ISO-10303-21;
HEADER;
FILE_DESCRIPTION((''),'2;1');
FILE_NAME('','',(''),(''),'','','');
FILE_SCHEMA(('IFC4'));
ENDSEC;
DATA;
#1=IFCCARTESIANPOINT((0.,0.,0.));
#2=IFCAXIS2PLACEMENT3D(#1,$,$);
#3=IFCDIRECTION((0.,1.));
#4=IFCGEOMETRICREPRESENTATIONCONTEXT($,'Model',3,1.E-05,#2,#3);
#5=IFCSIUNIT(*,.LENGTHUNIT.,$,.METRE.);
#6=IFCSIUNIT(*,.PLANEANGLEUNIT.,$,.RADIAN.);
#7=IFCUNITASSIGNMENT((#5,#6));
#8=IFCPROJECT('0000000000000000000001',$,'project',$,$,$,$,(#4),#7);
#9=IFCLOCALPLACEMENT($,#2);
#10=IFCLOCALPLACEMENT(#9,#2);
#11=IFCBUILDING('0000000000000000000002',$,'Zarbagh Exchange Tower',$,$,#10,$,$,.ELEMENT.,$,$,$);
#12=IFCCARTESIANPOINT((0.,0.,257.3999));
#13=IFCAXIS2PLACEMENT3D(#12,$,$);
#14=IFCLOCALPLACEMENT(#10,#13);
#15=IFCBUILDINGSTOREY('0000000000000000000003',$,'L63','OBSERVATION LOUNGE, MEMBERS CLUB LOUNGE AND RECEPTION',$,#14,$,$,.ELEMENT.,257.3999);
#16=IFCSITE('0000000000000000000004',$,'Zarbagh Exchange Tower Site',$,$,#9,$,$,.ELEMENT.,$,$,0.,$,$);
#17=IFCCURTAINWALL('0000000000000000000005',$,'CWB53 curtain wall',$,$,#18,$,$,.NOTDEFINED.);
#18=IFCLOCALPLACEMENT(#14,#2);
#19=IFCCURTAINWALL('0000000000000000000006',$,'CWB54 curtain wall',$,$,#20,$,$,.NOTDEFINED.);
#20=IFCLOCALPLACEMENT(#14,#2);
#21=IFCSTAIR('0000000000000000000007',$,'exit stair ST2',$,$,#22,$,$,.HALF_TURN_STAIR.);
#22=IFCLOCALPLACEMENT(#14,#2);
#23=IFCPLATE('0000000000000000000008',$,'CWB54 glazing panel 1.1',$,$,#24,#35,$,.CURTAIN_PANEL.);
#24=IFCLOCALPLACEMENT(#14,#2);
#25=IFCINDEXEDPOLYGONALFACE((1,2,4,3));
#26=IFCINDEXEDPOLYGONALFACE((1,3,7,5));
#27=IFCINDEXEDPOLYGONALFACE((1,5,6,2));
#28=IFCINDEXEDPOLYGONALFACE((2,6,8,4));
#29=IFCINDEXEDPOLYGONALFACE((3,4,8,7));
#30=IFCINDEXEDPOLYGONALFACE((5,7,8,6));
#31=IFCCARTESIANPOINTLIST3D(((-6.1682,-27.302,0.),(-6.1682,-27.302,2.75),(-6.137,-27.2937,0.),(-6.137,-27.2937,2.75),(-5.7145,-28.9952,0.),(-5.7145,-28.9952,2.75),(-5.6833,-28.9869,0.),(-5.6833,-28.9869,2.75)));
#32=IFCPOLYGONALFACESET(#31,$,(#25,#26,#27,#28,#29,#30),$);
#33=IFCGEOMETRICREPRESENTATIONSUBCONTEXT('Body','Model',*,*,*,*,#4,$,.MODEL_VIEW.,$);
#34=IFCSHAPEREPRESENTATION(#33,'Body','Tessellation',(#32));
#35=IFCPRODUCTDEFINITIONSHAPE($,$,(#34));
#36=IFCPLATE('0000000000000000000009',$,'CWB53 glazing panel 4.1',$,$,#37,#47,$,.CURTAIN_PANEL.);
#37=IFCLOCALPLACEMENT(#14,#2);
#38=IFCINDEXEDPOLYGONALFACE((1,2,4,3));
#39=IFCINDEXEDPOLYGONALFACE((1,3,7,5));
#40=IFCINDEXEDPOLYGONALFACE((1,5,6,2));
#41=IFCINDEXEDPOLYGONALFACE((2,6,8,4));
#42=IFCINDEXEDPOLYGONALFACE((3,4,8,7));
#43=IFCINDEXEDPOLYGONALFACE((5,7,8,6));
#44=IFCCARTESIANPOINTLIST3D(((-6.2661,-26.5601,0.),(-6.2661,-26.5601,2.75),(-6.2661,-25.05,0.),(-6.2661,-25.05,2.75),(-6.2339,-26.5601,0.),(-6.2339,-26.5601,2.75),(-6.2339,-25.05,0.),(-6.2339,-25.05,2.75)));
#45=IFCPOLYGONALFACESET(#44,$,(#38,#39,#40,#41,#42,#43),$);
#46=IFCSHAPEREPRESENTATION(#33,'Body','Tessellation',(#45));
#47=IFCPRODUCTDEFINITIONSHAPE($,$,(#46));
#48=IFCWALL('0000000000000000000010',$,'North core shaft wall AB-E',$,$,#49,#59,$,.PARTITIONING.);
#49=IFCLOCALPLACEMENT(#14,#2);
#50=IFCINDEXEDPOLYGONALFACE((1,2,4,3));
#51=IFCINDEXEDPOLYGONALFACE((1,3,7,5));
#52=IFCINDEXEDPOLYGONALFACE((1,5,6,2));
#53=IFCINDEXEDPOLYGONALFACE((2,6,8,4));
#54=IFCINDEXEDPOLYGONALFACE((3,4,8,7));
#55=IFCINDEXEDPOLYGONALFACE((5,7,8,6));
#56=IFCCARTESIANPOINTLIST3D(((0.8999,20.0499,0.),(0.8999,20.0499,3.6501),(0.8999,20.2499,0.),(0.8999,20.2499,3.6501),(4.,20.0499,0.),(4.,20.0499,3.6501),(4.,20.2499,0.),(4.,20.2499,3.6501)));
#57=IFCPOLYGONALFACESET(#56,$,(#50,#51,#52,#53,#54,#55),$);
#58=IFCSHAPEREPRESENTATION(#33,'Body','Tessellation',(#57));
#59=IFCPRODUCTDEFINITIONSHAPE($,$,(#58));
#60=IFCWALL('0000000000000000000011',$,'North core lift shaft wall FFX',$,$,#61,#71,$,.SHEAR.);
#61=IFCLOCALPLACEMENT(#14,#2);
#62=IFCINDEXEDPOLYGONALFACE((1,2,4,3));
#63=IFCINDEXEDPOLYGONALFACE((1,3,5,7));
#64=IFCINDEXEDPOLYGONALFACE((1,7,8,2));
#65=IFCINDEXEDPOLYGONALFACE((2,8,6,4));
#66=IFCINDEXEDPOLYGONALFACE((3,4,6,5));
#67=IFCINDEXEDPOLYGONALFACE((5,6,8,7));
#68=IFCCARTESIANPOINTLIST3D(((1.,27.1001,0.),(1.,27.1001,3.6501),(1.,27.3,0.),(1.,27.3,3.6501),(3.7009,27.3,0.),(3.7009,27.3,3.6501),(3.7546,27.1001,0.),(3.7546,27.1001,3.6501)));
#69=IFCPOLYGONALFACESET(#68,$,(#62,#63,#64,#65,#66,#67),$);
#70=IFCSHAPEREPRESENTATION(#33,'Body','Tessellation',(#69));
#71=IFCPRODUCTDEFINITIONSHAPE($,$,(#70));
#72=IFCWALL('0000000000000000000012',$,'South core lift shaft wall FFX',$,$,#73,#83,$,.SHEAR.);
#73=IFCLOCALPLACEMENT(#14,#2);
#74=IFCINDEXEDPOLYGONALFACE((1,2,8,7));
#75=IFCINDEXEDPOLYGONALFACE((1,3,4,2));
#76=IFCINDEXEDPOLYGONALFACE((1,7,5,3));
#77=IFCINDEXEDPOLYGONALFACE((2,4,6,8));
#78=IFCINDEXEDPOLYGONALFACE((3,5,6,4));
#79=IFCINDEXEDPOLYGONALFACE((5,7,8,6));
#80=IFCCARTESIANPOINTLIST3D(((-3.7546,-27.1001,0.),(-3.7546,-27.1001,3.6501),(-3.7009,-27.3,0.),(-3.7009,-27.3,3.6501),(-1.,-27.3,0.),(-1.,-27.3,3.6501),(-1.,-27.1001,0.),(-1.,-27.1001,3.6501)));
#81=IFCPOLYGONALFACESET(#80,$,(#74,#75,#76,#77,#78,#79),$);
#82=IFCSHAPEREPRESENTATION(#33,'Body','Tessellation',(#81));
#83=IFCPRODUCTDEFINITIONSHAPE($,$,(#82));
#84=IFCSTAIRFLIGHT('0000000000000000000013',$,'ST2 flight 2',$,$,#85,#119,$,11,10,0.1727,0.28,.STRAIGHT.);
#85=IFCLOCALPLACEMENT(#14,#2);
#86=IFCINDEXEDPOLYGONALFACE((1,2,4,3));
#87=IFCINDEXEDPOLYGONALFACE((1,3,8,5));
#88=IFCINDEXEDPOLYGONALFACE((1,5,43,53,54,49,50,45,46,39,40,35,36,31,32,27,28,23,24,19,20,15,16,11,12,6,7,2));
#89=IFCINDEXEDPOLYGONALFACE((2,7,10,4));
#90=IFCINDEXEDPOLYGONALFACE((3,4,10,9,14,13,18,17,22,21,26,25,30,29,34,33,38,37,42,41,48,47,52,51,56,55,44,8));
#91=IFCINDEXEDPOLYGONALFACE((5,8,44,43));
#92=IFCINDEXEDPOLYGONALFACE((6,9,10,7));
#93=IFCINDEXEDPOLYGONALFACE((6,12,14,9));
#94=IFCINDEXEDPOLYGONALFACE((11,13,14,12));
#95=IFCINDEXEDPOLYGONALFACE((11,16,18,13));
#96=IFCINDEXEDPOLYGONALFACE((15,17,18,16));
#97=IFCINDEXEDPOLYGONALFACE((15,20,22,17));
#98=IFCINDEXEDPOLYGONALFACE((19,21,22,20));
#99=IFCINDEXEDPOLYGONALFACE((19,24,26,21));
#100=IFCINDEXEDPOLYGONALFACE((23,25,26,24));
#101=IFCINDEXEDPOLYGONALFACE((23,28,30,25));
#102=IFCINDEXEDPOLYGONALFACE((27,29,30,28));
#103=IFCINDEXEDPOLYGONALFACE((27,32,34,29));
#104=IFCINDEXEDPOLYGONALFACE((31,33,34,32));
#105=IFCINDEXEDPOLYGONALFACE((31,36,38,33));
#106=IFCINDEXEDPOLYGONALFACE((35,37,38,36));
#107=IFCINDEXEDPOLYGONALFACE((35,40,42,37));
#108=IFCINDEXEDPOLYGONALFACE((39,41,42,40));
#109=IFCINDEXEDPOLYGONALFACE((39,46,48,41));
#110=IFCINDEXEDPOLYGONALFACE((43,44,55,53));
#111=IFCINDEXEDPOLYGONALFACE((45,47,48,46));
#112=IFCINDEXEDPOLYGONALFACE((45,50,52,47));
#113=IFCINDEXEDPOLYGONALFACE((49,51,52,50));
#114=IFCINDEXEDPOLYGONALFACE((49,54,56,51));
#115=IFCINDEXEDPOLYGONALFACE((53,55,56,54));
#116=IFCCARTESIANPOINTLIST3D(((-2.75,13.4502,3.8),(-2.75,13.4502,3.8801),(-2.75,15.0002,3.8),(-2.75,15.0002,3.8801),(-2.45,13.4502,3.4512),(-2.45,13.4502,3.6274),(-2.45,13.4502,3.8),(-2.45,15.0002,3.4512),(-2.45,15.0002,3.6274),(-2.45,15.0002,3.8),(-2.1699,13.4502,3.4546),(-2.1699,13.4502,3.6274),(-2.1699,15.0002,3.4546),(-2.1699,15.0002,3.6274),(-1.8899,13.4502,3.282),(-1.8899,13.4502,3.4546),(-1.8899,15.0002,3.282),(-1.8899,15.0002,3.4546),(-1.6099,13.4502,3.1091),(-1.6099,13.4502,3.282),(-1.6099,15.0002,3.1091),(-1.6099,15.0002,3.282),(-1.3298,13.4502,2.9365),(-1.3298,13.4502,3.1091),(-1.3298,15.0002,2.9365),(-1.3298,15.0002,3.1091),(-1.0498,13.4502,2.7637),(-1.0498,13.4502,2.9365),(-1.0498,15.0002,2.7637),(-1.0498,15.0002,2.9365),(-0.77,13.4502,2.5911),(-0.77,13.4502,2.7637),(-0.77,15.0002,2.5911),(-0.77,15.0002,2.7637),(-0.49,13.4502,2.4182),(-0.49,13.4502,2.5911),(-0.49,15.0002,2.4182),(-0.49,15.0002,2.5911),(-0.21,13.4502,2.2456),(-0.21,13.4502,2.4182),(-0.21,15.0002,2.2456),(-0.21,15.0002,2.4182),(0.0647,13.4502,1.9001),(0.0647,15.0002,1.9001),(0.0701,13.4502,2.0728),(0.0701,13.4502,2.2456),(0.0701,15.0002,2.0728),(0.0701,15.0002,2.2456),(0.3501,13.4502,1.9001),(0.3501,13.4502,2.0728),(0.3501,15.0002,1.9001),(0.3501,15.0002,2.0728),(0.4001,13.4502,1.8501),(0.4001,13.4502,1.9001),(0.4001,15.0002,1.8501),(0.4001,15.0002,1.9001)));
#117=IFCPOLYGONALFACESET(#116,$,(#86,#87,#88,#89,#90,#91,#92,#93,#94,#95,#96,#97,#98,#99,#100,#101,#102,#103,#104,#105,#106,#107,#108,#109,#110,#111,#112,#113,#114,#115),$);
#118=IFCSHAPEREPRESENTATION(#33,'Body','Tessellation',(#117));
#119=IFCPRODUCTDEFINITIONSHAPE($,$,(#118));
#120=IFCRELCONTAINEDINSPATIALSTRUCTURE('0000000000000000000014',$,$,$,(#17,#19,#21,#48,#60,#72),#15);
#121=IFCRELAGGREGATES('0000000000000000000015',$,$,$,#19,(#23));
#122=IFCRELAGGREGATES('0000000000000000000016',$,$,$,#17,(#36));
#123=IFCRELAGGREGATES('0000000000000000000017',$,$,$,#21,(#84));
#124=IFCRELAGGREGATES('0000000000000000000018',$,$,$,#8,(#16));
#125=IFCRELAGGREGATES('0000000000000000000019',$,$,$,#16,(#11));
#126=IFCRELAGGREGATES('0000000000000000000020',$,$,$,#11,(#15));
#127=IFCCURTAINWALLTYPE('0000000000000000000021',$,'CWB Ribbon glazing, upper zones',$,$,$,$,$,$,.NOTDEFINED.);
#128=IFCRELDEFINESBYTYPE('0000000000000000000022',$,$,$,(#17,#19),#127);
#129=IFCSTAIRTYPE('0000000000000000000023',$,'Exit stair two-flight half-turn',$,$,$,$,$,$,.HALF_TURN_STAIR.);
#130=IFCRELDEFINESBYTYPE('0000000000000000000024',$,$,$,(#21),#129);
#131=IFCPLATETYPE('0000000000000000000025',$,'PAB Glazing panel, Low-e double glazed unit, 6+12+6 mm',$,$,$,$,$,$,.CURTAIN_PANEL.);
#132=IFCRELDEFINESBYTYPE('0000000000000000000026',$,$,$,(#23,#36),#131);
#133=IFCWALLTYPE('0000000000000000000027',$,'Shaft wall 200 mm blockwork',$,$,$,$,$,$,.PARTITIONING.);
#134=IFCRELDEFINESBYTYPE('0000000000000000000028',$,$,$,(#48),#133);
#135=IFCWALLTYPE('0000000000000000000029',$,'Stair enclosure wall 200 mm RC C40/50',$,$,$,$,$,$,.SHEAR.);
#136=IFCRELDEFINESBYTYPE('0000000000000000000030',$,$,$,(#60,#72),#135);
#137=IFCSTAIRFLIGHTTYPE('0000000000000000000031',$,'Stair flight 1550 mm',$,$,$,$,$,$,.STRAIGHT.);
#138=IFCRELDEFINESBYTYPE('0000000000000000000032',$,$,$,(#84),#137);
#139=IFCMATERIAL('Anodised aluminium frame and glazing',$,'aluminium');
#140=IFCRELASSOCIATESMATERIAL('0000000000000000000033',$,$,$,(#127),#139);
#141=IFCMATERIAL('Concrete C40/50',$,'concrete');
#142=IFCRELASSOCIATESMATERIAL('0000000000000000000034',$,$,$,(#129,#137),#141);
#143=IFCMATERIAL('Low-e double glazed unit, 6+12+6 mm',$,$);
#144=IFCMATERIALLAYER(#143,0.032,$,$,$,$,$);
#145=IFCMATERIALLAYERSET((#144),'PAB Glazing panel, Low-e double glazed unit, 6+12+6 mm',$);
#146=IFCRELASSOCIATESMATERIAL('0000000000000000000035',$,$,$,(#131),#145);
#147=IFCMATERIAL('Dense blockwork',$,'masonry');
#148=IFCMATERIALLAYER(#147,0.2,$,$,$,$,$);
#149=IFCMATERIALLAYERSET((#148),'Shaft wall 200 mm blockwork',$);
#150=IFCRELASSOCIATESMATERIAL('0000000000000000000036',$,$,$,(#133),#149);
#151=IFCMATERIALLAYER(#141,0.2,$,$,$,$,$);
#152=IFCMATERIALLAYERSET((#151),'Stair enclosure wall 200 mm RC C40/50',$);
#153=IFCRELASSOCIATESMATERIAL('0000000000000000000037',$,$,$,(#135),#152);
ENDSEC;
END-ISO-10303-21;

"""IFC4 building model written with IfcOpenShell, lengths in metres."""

from ifc_helpers import new_model, si_unit, direction, frame, frame_2d, origin, place, context, subcontext, project, spatial, polyline, rectangle, outline, extrude, source, transform, mapped, material, layer, layer_set, type_object, element, aggregate, save


model = new_model("IFC4")

# Units and contexts
model_context = context("Model", 3, precision=1e-05, world=origin(), true_north=direction((0.0, 1.0)))
body_context = subcontext(model_context, "Body", "Model", "MODEL_VIEW")
ifc_project = project(units=[si_unit("LENGTHUNIT", "METRE"), si_unit("PLANEANGLEUNIT", "RADIAN")], contexts=[model_context])

# Site, building, storey
site_placement = place(None, origin())
site = spatial("IfcSite", under=ifc_project, at=site_placement, Name="Zarbagh Exchange Tower Site", CompositionType="ELEMENT", RefElevation=0.0)
building_placement = place(site_placement, origin())
building = spatial("IfcBuilding", under=site, at=building_placement, Name="Zarbagh Exchange Tower", CompositionType="ELEMENT")
storey_placement = place(building_placement, frame((0.0, 0.0, 257.3999)))
storey = spatial("IfcBuildingStorey", under=building, at=storey_placement, Name="L63", Description="OBSERVATION LOUNGE, MEMBERS CLUB LOUNGE AND RECEPTION", CompositionType="ELEMENT", Elevation=257.3999)

# Curtain wall
ifc_material_1 = material(Name="Anodised aluminium frame and glazing", Category="aluminium")
curtain_wall_type = type_object("IfcCurtainWallType", Name="CWB Ribbon glazing, upper zones", PredefinedType="NOTDEFINED", material=ifc_material_1)
curtain_wall_1_placement = place(storey_placement, origin())
curtain_wall_1 = element("IfcCurtainWall", 1, at=curtain_wall_1_placement, inside=storey, type_object=curtain_wall_type, Name="CWB53 curtain wall", PredefinedType="NOTDEFINED")
placement = place(storey_placement, origin())

# Curtain wall
curtain_wall_2_placement = place(storey_placement, origin())
curtain_wall_2 = element("IfcCurtainWall", 2, at=curtain_wall_2_placement, inside=storey, type_object=curtain_wall_type, Name="CWB54 curtain wall", PredefinedType="NOTDEFINED")

# Stair
ifc_material_2 = material(Name="Concrete C40/50", Category="concrete")
stair_type = type_object("IfcStairType", Name="Exit stair two-flight half-turn", PredefinedType="HALF_TURN_STAIR", material=ifc_material_2)
stair_1_placement = place(storey_placement, origin())
stair_1 = element("IfcStair", 3, at=stair_1_placement, inside=storey, type_object=stair_type, Name="exit stair ST2", PredefinedType="HALF_TURN_STAIR")

# Shared definitions
ifc_material_3 = material(Name="Low-e double glazed unit, 6+12+6 mm")
ifc_layer_1 = layer(ifc_material_3, 0.032)
ifc_layer_set_1 = layer_set([ifc_layer_1], Name="PAB Glazing panel, Low-e double glazed unit, 6+12+6 mm")
plate_type = type_object("IfcPlateType", Name="PAB Glazing panel, Low-e double glazed unit, 6+12+6 mm", PredefinedType="CURTAIN_PANEL", material=ifc_layer_set_1)

# Plates
shared_shape_1 = source(origin(), body_context, "Body", "SweptSolid", [
    extrude(outline(polyline([(0.0, -0.0161), (1.7529, -0.0161), (1.7529, 0.0161), (0.0, 0.0161), (0.0, -0.0161)])), origin(), (0.0, 0.0, 1.0), 2.75),
])
plate_1 = element("IfcPlate", 4, at=placement, type_object=plate_type, Name="CWB54 glazing panel 1.1", PredefinedType="CURTAIN_PANEL", context=body_context, shape_type="MappedRepresentation", body=[
    mapped(shared_shape_1, transform((-6.1526, -27.2979, 0.0), x_axis=(0.258825, -0.965924, 0.0), y_axis=(0.965924, 0.258825, 0.0), z_axis=(0.0, 0.0, 1.0))),
])
aggregate(curtain_wall_2, [plate_1])
shared_shape_2 = source(origin(), body_context, "Body", "SweptSolid", [
    extrude(outline(polyline([(0.0, -0.0161), (1.51, -0.0161), (1.51, 0.0161), (0.0, 0.0161), (0.0, -0.0161)])), origin(), (0.0, 0.0, 1.0), 2.75),
])
plate_2 = element("IfcPlate", 5, at=placement, type_object=plate_type, Name="CWB53 glazing panel 4.1", PredefinedType="CURTAIN_PANEL", context=body_context, shape_type="MappedRepresentation", body=[
    mapped(shared_shape_2, transform((-6.25, -25.05, 0.0), x_axis=(0.0, -1.0, 0.0), y_axis=(1.0, 0.0, 0.0), z_axis=(0.0, 0.0, 1.0))),
])
aggregate(curtain_wall_1, [plate_2])

# Walls
ifc_material_4 = material(Name="Dense blockwork", Category="masonry")
ifc_layer_2 = layer(ifc_material_4, 0.2)
ifc_layer_set_2 = layer_set([ifc_layer_2], Name="Shaft wall 200 mm blockwork")
wall_type_1 = type_object("IfcWallType", Name="Shaft wall 200 mm blockwork", PredefinedType="PARTITIONING", material=ifc_layer_set_2)
wall_1_placement = place(storey_placement, frame((0.8999, 20.1499, 0.0), z_axis=(0.0, 0.0, 1.0), x_axis=(1.0, 0.0, 0.0)))
element("IfcWall", 6, at=wall_1_placement, inside=storey, type_object=wall_type_1, Name="North core shaft wall AB-E", PredefinedType="PARTITIONING", context=body_context, shape_type="SweptSolid", body=[
    extrude(rectangle(XDim=3.1001, YDim=0.2, at=frame_2d((1.55, 0.0))), origin(), (0.0, 0.0, 1.0), 3.6501),
])
ifc_layer_3 = layer(ifc_material_2, 0.2)
ifc_layer_set_3 = layer_set([ifc_layer_3], Name="Stair enclosure wall 200 mm RC C40/50")
wall_type_2 = type_object("IfcWallType", Name="Stair enclosure wall 200 mm RC C40/50", PredefinedType="SHEAR", material=ifc_layer_set_3)
wall_2_placement = place(storey_placement, origin())
element("IfcWall", 7, at=wall_2_placement, inside=storey, type_object=wall_type_2, Name="North core lift shaft wall FFX", PredefinedType="SHEAR", context=body_context, shape_type="SweptSolid", body=[
    extrude(outline(polyline([(1.0, 27.1001), (3.7546, 27.1001), (3.7009, 27.3), (1.0, 27.3), (1.0, 27.1001)])), origin(), (0.0, 0.0, 1.0), 3.6501),
])
wall_3_placement = place(storey_placement, origin())
element("IfcWall", 8, at=wall_3_placement, inside=storey, type_object=wall_type_2, Name="South core lift shaft wall FFX", PredefinedType="SHEAR", context=body_context, shape_type="SweptSolid", body=[
    extrude(outline(polyline([(-1.0, -27.1001), (-3.7546, -27.1001), (-3.7009, -27.3), (-1.0, -27.3), (-1.0, -27.1001)])), origin(), (0.0, 0.0, 1.0), 3.6501),
])

# Stair flight
stair_flight_type = type_object("IfcStairFlightType", Name="Stair flight 1550 mm", PredefinedType="STRAIGHT", material=ifc_material_2)
stair_flight_placement = place(storey_placement, frame((0.3501, 14.2251, 1.9001), z_axis=(0.0, 0.0, 1.0), x_axis=(-1.0, 0.0, 0.0)))
stair_flight = element("IfcStairFlight", 9, at=stair_flight_placement, type_object=stair_flight_type, Name="ST2 flight 2", NumberOfRisers=11, NumberOfTreads=10, PredefinedType="STRAIGHT", RiserHeight=0.1727, TreadLength=0.28, context=body_context, shape_type="SweptSolid", body=[
    extrude(outline(polyline([(-0.05, -0.05), (-0.05, 0.0), (0.0, 0.0), (0.0, 0.1726), (0.28, 0.1726), (0.28, 0.3455), (0.5601, 0.3455), (0.5601, 0.5181), (0.8401, 0.5181), (0.8401, 0.6909), (1.1201, 0.6909), (1.1201, 0.8635), (1.3999, 0.8635), (1.3999, 1.0364), (1.6799, 1.0364), (1.6799, 1.209), (1.96, 1.209), (1.96, 1.3818), (2.24, 1.3818), (2.24, 1.5544), (2.52, 1.5544), (2.52, 1.7273), (2.8, 1.7273), (2.8, 1.8999), (3.1001, 1.98), (3.1001, 1.8999), (2.8, 1.551), (0.2854, 0.0), (-0.05, -0.05)])), frame((0.0, 0.7749, 0.0), z_axis=(0.0, -1.0, 0.0), x_axis=(1.0, 0.0, 0.0)), (0.0, 0.0, 1.0), 1.55),
])
aggregate(stair_1, [stair_flight])

save(model, "model.ifc")
